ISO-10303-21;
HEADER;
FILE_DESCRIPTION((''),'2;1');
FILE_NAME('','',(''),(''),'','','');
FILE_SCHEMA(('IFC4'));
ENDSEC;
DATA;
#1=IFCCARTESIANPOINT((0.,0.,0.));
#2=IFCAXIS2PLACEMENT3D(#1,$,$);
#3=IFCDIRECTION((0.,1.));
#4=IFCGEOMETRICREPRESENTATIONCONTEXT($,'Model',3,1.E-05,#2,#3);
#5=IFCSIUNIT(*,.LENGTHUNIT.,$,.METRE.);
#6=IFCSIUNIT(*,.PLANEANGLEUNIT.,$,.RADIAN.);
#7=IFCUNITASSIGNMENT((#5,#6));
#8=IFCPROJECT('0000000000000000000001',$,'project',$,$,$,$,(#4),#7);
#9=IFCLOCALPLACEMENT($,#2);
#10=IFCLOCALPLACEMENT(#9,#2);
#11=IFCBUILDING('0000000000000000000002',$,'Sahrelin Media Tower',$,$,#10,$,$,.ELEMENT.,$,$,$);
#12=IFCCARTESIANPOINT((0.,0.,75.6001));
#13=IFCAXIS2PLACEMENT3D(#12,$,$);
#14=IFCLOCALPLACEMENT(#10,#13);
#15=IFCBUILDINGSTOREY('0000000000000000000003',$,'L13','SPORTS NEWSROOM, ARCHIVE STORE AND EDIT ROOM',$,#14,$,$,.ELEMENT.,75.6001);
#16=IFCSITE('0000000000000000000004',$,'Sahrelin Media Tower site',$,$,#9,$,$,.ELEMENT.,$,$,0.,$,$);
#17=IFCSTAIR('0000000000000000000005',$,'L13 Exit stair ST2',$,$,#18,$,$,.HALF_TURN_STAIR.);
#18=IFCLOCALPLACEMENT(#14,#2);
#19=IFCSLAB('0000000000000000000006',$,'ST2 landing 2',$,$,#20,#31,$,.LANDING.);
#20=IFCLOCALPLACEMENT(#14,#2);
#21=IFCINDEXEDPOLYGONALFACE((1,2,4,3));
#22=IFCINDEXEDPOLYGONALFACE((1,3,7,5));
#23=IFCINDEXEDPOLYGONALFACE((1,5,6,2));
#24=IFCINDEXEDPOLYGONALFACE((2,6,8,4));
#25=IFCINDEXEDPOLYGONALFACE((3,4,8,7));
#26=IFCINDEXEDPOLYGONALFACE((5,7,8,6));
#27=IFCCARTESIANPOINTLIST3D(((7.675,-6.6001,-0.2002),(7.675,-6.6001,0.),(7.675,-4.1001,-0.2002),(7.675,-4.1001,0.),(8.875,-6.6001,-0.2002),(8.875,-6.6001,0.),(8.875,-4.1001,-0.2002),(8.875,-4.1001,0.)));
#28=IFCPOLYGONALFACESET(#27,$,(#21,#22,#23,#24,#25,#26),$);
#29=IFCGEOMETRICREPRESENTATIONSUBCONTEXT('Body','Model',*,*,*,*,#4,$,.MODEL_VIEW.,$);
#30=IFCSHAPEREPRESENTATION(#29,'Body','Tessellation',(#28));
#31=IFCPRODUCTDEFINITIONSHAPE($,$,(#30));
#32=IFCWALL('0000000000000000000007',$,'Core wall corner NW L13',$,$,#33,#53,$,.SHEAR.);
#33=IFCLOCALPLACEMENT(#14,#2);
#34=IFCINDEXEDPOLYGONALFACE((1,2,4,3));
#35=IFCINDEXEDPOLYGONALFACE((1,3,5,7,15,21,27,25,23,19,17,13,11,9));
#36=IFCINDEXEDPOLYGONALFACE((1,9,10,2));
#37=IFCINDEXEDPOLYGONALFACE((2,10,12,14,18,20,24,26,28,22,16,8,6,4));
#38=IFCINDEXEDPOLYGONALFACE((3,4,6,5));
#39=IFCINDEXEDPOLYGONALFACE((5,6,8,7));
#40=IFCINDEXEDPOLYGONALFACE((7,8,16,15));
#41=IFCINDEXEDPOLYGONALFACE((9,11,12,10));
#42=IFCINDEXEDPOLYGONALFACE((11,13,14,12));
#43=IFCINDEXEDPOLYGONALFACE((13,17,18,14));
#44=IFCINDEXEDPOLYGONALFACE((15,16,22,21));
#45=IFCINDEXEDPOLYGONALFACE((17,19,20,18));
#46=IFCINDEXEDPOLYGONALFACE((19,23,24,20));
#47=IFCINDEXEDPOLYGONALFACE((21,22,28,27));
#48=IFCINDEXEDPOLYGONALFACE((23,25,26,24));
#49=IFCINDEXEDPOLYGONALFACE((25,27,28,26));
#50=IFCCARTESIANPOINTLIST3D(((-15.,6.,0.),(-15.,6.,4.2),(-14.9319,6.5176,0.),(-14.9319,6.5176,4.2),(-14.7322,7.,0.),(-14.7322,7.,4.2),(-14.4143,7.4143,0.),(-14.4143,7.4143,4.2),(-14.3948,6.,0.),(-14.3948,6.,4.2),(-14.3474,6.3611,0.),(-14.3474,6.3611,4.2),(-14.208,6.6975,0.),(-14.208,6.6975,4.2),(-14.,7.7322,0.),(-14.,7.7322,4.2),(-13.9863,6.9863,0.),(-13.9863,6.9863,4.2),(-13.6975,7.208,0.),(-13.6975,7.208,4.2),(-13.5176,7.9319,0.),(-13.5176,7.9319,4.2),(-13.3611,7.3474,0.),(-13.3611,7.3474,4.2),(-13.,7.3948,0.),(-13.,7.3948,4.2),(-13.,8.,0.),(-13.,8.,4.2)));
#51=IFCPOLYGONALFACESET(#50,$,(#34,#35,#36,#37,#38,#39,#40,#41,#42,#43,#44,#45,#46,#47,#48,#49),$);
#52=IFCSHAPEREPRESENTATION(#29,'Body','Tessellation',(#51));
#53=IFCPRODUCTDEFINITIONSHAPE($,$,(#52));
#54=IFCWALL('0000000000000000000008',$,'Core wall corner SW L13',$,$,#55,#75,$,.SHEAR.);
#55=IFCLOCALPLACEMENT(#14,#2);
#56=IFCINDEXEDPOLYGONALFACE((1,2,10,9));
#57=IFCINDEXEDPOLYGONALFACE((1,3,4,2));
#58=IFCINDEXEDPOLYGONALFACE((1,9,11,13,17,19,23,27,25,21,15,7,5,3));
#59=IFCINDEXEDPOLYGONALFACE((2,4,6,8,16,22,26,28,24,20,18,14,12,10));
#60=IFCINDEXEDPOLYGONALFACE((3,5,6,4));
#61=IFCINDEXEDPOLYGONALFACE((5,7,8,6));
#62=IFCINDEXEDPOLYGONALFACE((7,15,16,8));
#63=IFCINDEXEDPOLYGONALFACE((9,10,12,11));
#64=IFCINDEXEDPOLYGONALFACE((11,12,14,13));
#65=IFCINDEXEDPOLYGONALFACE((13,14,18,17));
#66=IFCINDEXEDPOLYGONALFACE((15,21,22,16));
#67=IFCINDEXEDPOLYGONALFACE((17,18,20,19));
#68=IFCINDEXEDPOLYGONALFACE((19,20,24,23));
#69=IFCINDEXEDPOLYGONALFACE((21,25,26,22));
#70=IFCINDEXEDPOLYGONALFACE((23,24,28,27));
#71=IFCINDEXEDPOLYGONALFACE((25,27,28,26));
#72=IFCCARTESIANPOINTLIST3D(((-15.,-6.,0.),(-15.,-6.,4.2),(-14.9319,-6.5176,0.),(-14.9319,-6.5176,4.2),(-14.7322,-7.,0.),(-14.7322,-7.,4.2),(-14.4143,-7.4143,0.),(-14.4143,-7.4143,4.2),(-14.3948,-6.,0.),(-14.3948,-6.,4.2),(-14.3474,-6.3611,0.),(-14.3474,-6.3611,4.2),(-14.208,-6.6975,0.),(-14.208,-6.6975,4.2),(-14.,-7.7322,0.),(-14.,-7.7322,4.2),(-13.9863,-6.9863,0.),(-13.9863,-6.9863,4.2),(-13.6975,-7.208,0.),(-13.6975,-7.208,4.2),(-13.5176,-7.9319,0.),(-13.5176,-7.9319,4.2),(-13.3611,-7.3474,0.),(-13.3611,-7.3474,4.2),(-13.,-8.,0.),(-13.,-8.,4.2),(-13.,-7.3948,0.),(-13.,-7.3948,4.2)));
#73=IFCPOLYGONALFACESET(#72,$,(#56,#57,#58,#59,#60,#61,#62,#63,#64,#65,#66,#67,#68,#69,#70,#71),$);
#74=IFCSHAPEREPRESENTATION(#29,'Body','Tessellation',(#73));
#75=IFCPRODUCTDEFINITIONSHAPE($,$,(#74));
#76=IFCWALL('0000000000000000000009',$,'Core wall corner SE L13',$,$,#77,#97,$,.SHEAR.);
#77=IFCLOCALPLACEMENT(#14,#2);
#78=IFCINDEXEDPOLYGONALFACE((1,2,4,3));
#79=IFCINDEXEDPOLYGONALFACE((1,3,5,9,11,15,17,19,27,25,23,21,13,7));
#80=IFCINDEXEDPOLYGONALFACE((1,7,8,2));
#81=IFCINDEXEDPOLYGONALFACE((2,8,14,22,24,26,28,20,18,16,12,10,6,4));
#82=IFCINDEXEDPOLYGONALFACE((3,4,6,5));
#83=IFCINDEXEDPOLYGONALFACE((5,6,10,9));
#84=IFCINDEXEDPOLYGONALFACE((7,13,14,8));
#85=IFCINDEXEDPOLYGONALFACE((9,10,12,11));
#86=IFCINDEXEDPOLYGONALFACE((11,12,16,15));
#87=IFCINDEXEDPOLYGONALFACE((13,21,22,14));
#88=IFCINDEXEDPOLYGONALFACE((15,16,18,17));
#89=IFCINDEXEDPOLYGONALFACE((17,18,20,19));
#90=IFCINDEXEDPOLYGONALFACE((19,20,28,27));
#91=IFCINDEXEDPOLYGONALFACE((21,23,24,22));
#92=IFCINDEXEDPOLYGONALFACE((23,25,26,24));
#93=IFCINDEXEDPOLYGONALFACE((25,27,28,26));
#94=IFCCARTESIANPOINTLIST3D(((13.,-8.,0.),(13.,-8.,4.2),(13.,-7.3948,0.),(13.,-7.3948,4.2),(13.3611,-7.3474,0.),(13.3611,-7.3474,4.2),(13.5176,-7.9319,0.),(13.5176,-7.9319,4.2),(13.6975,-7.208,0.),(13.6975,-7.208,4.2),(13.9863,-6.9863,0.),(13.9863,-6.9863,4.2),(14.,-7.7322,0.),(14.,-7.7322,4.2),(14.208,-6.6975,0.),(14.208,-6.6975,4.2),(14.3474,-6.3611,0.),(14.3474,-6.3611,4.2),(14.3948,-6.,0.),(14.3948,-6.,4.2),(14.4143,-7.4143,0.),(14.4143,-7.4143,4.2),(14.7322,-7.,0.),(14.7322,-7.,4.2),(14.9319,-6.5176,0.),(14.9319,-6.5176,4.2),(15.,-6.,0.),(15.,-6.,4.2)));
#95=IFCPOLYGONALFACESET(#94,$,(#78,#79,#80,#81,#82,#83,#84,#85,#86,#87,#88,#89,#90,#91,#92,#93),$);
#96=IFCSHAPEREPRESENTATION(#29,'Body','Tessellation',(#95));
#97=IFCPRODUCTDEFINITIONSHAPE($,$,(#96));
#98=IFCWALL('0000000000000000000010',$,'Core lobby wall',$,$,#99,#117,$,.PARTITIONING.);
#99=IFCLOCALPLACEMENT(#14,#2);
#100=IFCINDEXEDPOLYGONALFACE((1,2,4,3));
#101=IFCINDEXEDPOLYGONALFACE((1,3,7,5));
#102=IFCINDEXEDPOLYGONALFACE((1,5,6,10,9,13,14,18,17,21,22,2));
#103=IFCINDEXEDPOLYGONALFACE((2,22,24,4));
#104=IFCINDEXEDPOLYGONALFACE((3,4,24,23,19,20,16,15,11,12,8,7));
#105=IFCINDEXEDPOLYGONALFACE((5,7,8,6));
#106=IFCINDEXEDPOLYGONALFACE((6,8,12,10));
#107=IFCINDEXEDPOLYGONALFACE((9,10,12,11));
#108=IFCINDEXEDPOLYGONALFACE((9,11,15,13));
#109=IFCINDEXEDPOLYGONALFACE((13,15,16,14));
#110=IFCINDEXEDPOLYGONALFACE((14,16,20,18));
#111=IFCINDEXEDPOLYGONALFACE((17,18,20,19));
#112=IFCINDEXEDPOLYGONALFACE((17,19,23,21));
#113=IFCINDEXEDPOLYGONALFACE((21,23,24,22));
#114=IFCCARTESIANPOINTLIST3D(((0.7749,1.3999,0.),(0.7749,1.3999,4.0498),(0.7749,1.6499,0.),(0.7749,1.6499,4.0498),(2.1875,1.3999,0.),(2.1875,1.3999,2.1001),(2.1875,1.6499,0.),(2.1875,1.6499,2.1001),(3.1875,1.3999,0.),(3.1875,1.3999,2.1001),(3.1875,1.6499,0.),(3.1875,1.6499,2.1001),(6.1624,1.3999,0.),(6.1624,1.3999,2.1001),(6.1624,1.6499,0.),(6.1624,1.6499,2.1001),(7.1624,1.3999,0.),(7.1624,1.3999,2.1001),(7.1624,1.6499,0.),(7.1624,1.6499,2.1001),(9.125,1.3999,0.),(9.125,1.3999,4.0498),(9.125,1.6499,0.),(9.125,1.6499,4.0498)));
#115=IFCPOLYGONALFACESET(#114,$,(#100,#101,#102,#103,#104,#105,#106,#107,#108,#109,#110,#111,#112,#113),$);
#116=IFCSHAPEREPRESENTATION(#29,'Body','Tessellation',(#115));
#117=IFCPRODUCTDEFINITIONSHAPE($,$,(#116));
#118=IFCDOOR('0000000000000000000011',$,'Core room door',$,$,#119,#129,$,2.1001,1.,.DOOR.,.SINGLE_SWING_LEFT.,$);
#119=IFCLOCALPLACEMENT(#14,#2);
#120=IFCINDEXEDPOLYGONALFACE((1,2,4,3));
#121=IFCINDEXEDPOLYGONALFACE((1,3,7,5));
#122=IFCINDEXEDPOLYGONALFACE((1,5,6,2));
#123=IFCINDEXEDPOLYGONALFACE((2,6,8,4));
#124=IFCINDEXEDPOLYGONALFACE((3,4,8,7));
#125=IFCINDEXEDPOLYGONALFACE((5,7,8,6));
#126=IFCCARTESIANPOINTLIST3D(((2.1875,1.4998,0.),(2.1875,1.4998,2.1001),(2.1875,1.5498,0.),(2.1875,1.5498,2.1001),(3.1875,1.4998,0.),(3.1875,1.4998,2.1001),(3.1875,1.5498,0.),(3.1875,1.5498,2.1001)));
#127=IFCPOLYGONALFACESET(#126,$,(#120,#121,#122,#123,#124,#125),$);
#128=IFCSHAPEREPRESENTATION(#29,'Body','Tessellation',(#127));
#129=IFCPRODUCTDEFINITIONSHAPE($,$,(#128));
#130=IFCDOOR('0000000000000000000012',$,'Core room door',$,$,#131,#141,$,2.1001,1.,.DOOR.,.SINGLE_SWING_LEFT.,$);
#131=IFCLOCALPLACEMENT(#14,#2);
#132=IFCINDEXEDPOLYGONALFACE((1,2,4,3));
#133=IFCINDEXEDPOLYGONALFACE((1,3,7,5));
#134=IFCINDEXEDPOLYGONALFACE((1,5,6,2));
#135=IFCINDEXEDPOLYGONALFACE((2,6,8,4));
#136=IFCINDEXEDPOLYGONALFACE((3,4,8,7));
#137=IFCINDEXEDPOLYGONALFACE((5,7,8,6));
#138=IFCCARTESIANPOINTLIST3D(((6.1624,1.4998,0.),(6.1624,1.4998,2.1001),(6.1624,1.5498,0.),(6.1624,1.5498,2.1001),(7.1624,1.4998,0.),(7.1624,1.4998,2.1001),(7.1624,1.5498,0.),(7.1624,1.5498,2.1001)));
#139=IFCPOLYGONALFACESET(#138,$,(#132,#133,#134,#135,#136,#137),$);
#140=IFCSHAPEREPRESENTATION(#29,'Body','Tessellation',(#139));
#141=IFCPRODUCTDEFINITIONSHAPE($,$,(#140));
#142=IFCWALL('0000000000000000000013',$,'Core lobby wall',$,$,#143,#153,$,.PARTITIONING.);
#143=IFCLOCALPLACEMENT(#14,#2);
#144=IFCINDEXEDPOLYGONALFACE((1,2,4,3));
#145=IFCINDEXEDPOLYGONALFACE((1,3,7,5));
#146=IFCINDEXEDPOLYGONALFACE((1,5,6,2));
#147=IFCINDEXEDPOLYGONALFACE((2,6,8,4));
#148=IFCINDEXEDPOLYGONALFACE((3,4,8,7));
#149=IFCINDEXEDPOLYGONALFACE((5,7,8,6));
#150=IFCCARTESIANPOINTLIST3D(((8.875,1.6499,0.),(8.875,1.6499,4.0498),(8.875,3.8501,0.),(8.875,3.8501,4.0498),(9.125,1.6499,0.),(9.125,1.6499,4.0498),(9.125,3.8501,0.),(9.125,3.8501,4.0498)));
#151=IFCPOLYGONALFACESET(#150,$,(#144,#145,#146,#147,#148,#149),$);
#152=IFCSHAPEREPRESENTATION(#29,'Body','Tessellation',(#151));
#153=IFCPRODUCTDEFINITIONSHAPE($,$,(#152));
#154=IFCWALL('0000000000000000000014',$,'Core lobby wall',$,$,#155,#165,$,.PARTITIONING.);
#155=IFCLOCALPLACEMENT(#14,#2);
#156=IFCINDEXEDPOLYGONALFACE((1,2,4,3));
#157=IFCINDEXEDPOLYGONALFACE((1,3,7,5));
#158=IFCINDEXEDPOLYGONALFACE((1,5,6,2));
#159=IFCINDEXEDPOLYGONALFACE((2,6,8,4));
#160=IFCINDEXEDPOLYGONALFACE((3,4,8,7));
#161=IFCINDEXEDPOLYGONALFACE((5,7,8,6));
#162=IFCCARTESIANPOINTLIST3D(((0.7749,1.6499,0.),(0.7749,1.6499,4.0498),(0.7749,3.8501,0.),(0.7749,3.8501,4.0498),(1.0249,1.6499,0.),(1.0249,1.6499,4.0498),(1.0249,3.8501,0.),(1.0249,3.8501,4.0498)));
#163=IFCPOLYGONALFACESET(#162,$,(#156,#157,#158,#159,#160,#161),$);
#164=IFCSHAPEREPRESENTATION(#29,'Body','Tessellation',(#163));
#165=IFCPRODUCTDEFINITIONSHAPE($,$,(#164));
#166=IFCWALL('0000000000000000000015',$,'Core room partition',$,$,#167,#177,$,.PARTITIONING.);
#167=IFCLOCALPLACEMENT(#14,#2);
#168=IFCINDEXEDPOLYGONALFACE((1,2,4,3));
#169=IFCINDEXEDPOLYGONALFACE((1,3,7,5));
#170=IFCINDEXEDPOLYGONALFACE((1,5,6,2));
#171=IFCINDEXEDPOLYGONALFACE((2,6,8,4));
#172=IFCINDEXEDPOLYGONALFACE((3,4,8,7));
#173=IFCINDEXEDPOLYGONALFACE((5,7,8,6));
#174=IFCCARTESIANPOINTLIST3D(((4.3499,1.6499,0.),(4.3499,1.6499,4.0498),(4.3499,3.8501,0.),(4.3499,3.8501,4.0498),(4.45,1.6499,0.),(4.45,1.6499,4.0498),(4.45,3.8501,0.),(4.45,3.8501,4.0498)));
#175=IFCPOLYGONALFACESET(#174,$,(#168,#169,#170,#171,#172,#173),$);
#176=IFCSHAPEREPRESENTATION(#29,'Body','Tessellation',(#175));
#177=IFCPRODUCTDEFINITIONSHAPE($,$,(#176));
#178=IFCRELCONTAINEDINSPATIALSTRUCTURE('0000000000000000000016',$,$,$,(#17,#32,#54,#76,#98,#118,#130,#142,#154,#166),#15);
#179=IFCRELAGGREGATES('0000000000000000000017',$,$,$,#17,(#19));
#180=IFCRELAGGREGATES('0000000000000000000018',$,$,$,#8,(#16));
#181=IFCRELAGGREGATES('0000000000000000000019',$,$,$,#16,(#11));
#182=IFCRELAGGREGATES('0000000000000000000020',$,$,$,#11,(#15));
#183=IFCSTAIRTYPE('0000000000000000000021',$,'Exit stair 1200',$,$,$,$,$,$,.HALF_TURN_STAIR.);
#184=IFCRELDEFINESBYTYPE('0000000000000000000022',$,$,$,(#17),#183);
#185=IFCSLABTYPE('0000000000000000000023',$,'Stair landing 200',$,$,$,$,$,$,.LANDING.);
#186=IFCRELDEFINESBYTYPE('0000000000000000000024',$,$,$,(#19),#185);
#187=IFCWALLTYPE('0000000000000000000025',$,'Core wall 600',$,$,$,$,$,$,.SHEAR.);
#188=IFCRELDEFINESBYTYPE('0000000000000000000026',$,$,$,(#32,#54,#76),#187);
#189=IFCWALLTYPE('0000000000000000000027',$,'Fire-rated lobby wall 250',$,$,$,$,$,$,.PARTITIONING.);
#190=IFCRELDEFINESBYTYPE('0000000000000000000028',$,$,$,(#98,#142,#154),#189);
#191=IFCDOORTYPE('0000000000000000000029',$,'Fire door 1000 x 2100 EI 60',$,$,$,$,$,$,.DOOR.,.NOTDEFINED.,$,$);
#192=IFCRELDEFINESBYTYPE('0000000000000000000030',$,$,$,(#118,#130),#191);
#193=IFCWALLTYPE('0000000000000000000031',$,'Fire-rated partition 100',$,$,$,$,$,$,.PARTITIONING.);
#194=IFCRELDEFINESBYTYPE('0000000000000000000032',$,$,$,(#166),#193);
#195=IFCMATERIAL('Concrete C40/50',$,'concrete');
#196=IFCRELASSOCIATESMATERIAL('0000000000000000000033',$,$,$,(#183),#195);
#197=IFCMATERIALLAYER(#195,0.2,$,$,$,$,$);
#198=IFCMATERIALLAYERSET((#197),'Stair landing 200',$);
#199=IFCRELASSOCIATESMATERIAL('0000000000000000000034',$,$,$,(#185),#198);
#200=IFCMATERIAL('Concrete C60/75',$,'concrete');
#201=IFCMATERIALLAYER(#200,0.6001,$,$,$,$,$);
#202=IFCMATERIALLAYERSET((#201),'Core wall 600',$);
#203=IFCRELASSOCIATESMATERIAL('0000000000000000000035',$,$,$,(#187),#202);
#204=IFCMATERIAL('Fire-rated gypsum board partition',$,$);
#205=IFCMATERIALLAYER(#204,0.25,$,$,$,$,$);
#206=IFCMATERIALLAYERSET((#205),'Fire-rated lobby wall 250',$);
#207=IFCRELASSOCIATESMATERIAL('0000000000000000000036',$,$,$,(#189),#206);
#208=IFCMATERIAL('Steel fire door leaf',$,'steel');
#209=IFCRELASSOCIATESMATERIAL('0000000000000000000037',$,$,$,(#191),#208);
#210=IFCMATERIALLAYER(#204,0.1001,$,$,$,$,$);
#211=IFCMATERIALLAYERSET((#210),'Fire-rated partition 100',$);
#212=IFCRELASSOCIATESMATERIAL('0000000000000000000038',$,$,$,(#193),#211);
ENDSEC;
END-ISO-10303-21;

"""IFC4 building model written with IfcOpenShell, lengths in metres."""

from ifc_helpers import new_model, si_unit, direction, frame, frame_2d, origin, place, context, subcontext, project, spatial, polyline, rectangle, outline, extrude, material, layer, layer_set, type_object, element, fill, aggregate, save


model = new_model("IFC4")

# Units and contexts
model_context = context("Model", 3, precision=1e-05, world=origin(), true_north=direction((0.0, 1.0)))
body_context = subcontext(model_context, "Body", "Model", "MODEL_VIEW")
ifc_project = project(units=[si_unit("LENGTHUNIT", "METRE"), si_unit("PLANEANGLEUNIT", "RADIAN")], contexts=[model_context])

# Site, building, storey
site_placement = place(None, origin())
site = spatial("IfcSite", under=ifc_project, at=site_placement, Name="Sahrelin Media Tower site", CompositionType="ELEMENT", RefElevation=0.0)
building_placement = place(site_placement, origin())
building = spatial("IfcBuilding", under=site, at=building_placement, Name="Sahrelin Media Tower", CompositionType="ELEMENT")
storey_placement = place(building_placement, frame((0.0, 0.0, 75.6001)))
storey = spatial("IfcBuildingStorey", under=building, at=storey_placement, Name="L13", Description="SPORTS NEWSROOM, ARCHIVE STORE AND EDIT ROOM", CompositionType="ELEMENT", Elevation=75.6001)

# Shared definitions
ifc_material_1 = material(Name="Concrete C40/50", Category="concrete")

# Stair, slab
stair_type = type_object("IfcStairType", Name="Exit stair 1200", PredefinedType="HALF_TURN_STAIR", material=ifc_material_1)
placement_1 = place(storey_placement, origin())
ifc_layer_1 = layer(ifc_material_1, 0.2)
ifc_layer_set_1 = layer_set([ifc_layer_1], Name="Stair landing 200")
slab_type_1 = type_object("IfcSlabType", Name="Stair landing 200", PredefinedType="LANDING", material=ifc_layer_set_1)
placement_2 = place(storey_placement, frame((0.0, 0.0, -0.2002)))
stair_1 = element("IfcStair", 1, at=placement_1, inside=storey, type_object=stair_type, Name="L13 Exit stair ST2", PredefinedType="HALF_TURN_STAIR")
slab_1 = element("IfcSlab", 2, at=placement_2, type_object=slab_type_1, Name="ST2 landing 2", PredefinedType="LANDING", context=body_context, shape_type="SweptSolid", body=[
    extrude(outline(polyline([(8.875, -4.1001), (7.675, -4.1001), (7.675, -6.6001), (8.875, -6.6001), (8.875, -4.1001)])), origin(), (0.0, 0.0, 1.0), 0.2002),
])
aggregate(stair_1, [slab_1])

# Walls
ifc_material_2 = material(Name="Concrete C60/75", Category="concrete")
ifc_layer_2 = layer(ifc_material_2, 0.6001)
ifc_layer_set_2 = layer_set([ifc_layer_2], Name="Core wall 600")
wall_type_1 = type_object("IfcWallType", Name="Core wall 600", PredefinedType="SHEAR", material=ifc_layer_set_2)
element("IfcWall", 3, at=placement_1, inside=storey, type_object=wall_type_1, Name="Core wall corner NW L13", PredefinedType="SHEAR", context=body_context, shape_type="SweptSolid", body=[
    extrude(outline(polyline([(-15.0, 6.0), (-14.3948, 6.0), (-14.3474, 6.3611), (-14.208, 6.6975), (-13.9863, 6.9863), (-13.6975, 7.208), (-13.3611, 7.3474), (-13.0, 7.3948), (-13.0, 8.0), (-13.5176, 7.9319), (-14.0, 7.7322), (-14.4143, 7.4143), (-14.7322, 7.0), (-14.9319, 6.5176), (-15.0, 6.0)])), origin(), (0.0, 0.0, 1.0), 4.2),
])
element("IfcWall", 4, at=placement_1, inside=storey, type_object=wall_type_1, Name="Core wall corner SW L13", PredefinedType="SHEAR", context=body_context, shape_type="SweptSolid", body=[
    extrude(outline(polyline([(-13.0, -8.0), (-13.0, -7.3948), (-13.3611, -7.3474), (-13.6975, -7.208), (-13.9863, -6.9863), (-14.208, -6.6975), (-14.3474, -6.3611), (-14.3948, -6.0), (-15.0, -6.0), (-14.9319, -6.5176), (-14.7322, -7.0), (-14.4143, -7.4143), (-14.0, -7.7322), (-13.5176, -7.9319), (-13.0, -8.0)])), origin(), (0.0, 0.0, 1.0), 4.2),
])
element("IfcWall", 5, at=placement_1, inside=storey, type_object=wall_type_1, Name="Core wall corner SE L13", PredefinedType="SHEAR", context=body_context, shape_type="SweptSolid", body=[
    extrude(outline(polyline([(15.0, -6.0), (14.3948, -6.0), (14.3474, -6.3611), (14.208, -6.6975), (13.9863, -6.9863), (13.6975, -7.208), (13.3611, -7.3474), (13.0, -7.3948), (13.0, -8.0), (13.5176, -7.9319), (14.0, -7.7322), (14.4143, -7.4143), (14.7322, -7.0), (14.9319, -6.5176), (15.0, -6.0)])), origin(), (0.0, 0.0, 1.0), 4.2),
])

# Wall, openings, doors
ifc_material_3 = material(Name="Fire-rated gypsum board partition")
ifc_layer_3 = layer(ifc_material_3, 0.25)
ifc_layer_set_3 = layer_set([ifc_layer_3], Name="Fire-rated lobby wall 250")
wall_type_2 = type_object("IfcWallType", Name="Fire-rated lobby wall 250", PredefinedType="PARTITIONING", material=ifc_layer_set_3)
wall_1_placement = place(storey_placement, frame((0.7749, 1.5249, 0.0), z_axis=(0.0, 0.0, 1.0), x_axis=(1.0, 0.0, 0.0)))
wall_1 = element("IfcWall", 6, at=wall_1_placement, inside=storey, type_object=wall_type_2, Name="Core lobby wall", PredefinedType="PARTITIONING", context=body_context, shape_type="SweptSolid", body=[
    extrude(rectangle(XDim=8.3501, YDim=0.25, at=frame_2d((4.175, 0.0))), origin(), (0.0, 0.0, 1.0), 4.0498),
])
opening_1_placement = place(wall_1_placement, frame((1.4126, 0.0, 0.0)))
opening_1 = element("IfcOpeningElement", 7, at=opening_1_placement, cuts=wall_1, PredefinedType="OPENING", context=body_context, shape_type="SweptSolid", body=[
    extrude(rectangle(XDim=1.0, YDim=2.1001, at=frame_2d((0.5, 1.05))), frame((0.0, 0.125, 0.0), z_axis=(0.0, -1.0, 0.0), x_axis=(1.0, 0.0, 0.0)), (0.0, 0.0, 1.0), 0.25),
])
opening_2_placement = place(wall_1_placement, frame((5.3875, 0.0, 0.0)))
opening_2 = element("IfcOpeningElement", 8, at=opening_2_placement, cuts=wall_1, PredefinedType="OPENING", context=body_context, shape_type="SweptSolid", body=[
    extrude(rectangle(XDim=1.0, YDim=2.1001, at=frame_2d((0.5, 1.05))), frame((0.0, 0.125, 0.0), z_axis=(0.0, -1.0, 0.0), x_axis=(1.0, 0.0, 0.0)), (0.0, 0.0, 1.0), 0.25),
])
ifc_material_4 = material(Name="Steel fire door leaf", Category="steel")
door_type_1 = type_object("IfcDoorType", Name="Fire door 1000 x 2100 EI 60", OperationType="NOTDEFINED", PredefinedType="DOOR", material=ifc_material_4)
door_1_placement = place(opening_1_placement, origin())
door_1 = element("IfcDoor", 9, at=door_1_placement, inside=storey, type_object=door_type_1, Name="Core room door", OperationType="SINGLE_SWING_LEFT", OverallHeight=2.1001, OverallWidth=1.0, PredefinedType="DOOR", context=body_context, shape_type="SweptSolid", body=[
    extrude(rectangle(XDim=1.0, YDim=2.1001, at=frame_2d((0.5, 1.05))), frame((0.0, 0.0249, 0.0), z_axis=(0.0, -1.0, 0.0), x_axis=(1.0, 0.0, 0.0)), (0.0, 0.0, 1.0), 0.05),
])
fill(opening_1, door_1)
door_2_placement = place(opening_2_placement, origin())
door_2 = element("IfcDoor", 10, at=door_2_placement, inside=storey, type_object=door_type_1, Name="Core room door", OperationType="SINGLE_SWING_LEFT", OverallHeight=2.1001, OverallWidth=1.0, PredefinedType="DOOR", context=body_context, shape_type="SweptSolid", body=[
    extrude(rectangle(XDim=1.0, YDim=2.1001, at=frame_2d((0.5, 1.05))), frame((0.0, 0.0249, 0.0), z_axis=(0.0, -1.0, 0.0), x_axis=(1.0, 0.0, 0.0)), (0.0, 0.0, 1.0), 0.05),
])
fill(opening_2, door_2)

# Walls
for number, where, z_axis, x_axis, name in (
    (11, (9.0, 1.6499, 0.0), (0.0, 0.0, 1.0), (0.0, 1.0, 0.0), "Core lobby wall"),
    (12, (0.8999, 1.6499, 0.0), (0.0, 0.0, 1.0), (0.0, 1.0, 0.0), "Core lobby wall"),
):
    element("IfcWall", number, at=place(storey_placement, frame(where, z_axis=z_axis, x_axis=x_axis)), inside=storey, type_object=wall_type_2, Name=name, PredefinedType="PARTITIONING", context=body_context, shape_type="SweptSolid", body=[
        extrude(rectangle(XDim=2.2002, YDim=0.25, at=frame_2d((1.1001, 0.0))), origin(), (0.0, 0.0, 1.0), 4.0498),
    ])
ifc_layer_4 = layer(ifc_material_3, 0.1001)
ifc_layer_set_4 = layer_set([ifc_layer_4], Name="Fire-rated partition 100")
wall_type_3 = type_object("IfcWallType", Name="Fire-rated partition 100", PredefinedType="PARTITIONING", material=ifc_layer_set_4)
wall_2_placement = place(storey_placement, frame((4.3999, 1.6499, 0.0), z_axis=(0.0, 0.0, 1.0), x_axis=(0.0, 1.0, 0.0)))
element("IfcWall", 13, at=wall_2_placement, inside=storey, type_object=wall_type_3, Name="Core room partition", PredefinedType="PARTITIONING", context=body_context, shape_type="SweptSolid", body=[
    extrude(rectangle(XDim=2.2002, YDim=0.1001, at=frame_2d((1.1001, 0.0))), origin(), (0.0, 0.0, 1.0), 4.0498),
])

save(model, "model.ifc")
